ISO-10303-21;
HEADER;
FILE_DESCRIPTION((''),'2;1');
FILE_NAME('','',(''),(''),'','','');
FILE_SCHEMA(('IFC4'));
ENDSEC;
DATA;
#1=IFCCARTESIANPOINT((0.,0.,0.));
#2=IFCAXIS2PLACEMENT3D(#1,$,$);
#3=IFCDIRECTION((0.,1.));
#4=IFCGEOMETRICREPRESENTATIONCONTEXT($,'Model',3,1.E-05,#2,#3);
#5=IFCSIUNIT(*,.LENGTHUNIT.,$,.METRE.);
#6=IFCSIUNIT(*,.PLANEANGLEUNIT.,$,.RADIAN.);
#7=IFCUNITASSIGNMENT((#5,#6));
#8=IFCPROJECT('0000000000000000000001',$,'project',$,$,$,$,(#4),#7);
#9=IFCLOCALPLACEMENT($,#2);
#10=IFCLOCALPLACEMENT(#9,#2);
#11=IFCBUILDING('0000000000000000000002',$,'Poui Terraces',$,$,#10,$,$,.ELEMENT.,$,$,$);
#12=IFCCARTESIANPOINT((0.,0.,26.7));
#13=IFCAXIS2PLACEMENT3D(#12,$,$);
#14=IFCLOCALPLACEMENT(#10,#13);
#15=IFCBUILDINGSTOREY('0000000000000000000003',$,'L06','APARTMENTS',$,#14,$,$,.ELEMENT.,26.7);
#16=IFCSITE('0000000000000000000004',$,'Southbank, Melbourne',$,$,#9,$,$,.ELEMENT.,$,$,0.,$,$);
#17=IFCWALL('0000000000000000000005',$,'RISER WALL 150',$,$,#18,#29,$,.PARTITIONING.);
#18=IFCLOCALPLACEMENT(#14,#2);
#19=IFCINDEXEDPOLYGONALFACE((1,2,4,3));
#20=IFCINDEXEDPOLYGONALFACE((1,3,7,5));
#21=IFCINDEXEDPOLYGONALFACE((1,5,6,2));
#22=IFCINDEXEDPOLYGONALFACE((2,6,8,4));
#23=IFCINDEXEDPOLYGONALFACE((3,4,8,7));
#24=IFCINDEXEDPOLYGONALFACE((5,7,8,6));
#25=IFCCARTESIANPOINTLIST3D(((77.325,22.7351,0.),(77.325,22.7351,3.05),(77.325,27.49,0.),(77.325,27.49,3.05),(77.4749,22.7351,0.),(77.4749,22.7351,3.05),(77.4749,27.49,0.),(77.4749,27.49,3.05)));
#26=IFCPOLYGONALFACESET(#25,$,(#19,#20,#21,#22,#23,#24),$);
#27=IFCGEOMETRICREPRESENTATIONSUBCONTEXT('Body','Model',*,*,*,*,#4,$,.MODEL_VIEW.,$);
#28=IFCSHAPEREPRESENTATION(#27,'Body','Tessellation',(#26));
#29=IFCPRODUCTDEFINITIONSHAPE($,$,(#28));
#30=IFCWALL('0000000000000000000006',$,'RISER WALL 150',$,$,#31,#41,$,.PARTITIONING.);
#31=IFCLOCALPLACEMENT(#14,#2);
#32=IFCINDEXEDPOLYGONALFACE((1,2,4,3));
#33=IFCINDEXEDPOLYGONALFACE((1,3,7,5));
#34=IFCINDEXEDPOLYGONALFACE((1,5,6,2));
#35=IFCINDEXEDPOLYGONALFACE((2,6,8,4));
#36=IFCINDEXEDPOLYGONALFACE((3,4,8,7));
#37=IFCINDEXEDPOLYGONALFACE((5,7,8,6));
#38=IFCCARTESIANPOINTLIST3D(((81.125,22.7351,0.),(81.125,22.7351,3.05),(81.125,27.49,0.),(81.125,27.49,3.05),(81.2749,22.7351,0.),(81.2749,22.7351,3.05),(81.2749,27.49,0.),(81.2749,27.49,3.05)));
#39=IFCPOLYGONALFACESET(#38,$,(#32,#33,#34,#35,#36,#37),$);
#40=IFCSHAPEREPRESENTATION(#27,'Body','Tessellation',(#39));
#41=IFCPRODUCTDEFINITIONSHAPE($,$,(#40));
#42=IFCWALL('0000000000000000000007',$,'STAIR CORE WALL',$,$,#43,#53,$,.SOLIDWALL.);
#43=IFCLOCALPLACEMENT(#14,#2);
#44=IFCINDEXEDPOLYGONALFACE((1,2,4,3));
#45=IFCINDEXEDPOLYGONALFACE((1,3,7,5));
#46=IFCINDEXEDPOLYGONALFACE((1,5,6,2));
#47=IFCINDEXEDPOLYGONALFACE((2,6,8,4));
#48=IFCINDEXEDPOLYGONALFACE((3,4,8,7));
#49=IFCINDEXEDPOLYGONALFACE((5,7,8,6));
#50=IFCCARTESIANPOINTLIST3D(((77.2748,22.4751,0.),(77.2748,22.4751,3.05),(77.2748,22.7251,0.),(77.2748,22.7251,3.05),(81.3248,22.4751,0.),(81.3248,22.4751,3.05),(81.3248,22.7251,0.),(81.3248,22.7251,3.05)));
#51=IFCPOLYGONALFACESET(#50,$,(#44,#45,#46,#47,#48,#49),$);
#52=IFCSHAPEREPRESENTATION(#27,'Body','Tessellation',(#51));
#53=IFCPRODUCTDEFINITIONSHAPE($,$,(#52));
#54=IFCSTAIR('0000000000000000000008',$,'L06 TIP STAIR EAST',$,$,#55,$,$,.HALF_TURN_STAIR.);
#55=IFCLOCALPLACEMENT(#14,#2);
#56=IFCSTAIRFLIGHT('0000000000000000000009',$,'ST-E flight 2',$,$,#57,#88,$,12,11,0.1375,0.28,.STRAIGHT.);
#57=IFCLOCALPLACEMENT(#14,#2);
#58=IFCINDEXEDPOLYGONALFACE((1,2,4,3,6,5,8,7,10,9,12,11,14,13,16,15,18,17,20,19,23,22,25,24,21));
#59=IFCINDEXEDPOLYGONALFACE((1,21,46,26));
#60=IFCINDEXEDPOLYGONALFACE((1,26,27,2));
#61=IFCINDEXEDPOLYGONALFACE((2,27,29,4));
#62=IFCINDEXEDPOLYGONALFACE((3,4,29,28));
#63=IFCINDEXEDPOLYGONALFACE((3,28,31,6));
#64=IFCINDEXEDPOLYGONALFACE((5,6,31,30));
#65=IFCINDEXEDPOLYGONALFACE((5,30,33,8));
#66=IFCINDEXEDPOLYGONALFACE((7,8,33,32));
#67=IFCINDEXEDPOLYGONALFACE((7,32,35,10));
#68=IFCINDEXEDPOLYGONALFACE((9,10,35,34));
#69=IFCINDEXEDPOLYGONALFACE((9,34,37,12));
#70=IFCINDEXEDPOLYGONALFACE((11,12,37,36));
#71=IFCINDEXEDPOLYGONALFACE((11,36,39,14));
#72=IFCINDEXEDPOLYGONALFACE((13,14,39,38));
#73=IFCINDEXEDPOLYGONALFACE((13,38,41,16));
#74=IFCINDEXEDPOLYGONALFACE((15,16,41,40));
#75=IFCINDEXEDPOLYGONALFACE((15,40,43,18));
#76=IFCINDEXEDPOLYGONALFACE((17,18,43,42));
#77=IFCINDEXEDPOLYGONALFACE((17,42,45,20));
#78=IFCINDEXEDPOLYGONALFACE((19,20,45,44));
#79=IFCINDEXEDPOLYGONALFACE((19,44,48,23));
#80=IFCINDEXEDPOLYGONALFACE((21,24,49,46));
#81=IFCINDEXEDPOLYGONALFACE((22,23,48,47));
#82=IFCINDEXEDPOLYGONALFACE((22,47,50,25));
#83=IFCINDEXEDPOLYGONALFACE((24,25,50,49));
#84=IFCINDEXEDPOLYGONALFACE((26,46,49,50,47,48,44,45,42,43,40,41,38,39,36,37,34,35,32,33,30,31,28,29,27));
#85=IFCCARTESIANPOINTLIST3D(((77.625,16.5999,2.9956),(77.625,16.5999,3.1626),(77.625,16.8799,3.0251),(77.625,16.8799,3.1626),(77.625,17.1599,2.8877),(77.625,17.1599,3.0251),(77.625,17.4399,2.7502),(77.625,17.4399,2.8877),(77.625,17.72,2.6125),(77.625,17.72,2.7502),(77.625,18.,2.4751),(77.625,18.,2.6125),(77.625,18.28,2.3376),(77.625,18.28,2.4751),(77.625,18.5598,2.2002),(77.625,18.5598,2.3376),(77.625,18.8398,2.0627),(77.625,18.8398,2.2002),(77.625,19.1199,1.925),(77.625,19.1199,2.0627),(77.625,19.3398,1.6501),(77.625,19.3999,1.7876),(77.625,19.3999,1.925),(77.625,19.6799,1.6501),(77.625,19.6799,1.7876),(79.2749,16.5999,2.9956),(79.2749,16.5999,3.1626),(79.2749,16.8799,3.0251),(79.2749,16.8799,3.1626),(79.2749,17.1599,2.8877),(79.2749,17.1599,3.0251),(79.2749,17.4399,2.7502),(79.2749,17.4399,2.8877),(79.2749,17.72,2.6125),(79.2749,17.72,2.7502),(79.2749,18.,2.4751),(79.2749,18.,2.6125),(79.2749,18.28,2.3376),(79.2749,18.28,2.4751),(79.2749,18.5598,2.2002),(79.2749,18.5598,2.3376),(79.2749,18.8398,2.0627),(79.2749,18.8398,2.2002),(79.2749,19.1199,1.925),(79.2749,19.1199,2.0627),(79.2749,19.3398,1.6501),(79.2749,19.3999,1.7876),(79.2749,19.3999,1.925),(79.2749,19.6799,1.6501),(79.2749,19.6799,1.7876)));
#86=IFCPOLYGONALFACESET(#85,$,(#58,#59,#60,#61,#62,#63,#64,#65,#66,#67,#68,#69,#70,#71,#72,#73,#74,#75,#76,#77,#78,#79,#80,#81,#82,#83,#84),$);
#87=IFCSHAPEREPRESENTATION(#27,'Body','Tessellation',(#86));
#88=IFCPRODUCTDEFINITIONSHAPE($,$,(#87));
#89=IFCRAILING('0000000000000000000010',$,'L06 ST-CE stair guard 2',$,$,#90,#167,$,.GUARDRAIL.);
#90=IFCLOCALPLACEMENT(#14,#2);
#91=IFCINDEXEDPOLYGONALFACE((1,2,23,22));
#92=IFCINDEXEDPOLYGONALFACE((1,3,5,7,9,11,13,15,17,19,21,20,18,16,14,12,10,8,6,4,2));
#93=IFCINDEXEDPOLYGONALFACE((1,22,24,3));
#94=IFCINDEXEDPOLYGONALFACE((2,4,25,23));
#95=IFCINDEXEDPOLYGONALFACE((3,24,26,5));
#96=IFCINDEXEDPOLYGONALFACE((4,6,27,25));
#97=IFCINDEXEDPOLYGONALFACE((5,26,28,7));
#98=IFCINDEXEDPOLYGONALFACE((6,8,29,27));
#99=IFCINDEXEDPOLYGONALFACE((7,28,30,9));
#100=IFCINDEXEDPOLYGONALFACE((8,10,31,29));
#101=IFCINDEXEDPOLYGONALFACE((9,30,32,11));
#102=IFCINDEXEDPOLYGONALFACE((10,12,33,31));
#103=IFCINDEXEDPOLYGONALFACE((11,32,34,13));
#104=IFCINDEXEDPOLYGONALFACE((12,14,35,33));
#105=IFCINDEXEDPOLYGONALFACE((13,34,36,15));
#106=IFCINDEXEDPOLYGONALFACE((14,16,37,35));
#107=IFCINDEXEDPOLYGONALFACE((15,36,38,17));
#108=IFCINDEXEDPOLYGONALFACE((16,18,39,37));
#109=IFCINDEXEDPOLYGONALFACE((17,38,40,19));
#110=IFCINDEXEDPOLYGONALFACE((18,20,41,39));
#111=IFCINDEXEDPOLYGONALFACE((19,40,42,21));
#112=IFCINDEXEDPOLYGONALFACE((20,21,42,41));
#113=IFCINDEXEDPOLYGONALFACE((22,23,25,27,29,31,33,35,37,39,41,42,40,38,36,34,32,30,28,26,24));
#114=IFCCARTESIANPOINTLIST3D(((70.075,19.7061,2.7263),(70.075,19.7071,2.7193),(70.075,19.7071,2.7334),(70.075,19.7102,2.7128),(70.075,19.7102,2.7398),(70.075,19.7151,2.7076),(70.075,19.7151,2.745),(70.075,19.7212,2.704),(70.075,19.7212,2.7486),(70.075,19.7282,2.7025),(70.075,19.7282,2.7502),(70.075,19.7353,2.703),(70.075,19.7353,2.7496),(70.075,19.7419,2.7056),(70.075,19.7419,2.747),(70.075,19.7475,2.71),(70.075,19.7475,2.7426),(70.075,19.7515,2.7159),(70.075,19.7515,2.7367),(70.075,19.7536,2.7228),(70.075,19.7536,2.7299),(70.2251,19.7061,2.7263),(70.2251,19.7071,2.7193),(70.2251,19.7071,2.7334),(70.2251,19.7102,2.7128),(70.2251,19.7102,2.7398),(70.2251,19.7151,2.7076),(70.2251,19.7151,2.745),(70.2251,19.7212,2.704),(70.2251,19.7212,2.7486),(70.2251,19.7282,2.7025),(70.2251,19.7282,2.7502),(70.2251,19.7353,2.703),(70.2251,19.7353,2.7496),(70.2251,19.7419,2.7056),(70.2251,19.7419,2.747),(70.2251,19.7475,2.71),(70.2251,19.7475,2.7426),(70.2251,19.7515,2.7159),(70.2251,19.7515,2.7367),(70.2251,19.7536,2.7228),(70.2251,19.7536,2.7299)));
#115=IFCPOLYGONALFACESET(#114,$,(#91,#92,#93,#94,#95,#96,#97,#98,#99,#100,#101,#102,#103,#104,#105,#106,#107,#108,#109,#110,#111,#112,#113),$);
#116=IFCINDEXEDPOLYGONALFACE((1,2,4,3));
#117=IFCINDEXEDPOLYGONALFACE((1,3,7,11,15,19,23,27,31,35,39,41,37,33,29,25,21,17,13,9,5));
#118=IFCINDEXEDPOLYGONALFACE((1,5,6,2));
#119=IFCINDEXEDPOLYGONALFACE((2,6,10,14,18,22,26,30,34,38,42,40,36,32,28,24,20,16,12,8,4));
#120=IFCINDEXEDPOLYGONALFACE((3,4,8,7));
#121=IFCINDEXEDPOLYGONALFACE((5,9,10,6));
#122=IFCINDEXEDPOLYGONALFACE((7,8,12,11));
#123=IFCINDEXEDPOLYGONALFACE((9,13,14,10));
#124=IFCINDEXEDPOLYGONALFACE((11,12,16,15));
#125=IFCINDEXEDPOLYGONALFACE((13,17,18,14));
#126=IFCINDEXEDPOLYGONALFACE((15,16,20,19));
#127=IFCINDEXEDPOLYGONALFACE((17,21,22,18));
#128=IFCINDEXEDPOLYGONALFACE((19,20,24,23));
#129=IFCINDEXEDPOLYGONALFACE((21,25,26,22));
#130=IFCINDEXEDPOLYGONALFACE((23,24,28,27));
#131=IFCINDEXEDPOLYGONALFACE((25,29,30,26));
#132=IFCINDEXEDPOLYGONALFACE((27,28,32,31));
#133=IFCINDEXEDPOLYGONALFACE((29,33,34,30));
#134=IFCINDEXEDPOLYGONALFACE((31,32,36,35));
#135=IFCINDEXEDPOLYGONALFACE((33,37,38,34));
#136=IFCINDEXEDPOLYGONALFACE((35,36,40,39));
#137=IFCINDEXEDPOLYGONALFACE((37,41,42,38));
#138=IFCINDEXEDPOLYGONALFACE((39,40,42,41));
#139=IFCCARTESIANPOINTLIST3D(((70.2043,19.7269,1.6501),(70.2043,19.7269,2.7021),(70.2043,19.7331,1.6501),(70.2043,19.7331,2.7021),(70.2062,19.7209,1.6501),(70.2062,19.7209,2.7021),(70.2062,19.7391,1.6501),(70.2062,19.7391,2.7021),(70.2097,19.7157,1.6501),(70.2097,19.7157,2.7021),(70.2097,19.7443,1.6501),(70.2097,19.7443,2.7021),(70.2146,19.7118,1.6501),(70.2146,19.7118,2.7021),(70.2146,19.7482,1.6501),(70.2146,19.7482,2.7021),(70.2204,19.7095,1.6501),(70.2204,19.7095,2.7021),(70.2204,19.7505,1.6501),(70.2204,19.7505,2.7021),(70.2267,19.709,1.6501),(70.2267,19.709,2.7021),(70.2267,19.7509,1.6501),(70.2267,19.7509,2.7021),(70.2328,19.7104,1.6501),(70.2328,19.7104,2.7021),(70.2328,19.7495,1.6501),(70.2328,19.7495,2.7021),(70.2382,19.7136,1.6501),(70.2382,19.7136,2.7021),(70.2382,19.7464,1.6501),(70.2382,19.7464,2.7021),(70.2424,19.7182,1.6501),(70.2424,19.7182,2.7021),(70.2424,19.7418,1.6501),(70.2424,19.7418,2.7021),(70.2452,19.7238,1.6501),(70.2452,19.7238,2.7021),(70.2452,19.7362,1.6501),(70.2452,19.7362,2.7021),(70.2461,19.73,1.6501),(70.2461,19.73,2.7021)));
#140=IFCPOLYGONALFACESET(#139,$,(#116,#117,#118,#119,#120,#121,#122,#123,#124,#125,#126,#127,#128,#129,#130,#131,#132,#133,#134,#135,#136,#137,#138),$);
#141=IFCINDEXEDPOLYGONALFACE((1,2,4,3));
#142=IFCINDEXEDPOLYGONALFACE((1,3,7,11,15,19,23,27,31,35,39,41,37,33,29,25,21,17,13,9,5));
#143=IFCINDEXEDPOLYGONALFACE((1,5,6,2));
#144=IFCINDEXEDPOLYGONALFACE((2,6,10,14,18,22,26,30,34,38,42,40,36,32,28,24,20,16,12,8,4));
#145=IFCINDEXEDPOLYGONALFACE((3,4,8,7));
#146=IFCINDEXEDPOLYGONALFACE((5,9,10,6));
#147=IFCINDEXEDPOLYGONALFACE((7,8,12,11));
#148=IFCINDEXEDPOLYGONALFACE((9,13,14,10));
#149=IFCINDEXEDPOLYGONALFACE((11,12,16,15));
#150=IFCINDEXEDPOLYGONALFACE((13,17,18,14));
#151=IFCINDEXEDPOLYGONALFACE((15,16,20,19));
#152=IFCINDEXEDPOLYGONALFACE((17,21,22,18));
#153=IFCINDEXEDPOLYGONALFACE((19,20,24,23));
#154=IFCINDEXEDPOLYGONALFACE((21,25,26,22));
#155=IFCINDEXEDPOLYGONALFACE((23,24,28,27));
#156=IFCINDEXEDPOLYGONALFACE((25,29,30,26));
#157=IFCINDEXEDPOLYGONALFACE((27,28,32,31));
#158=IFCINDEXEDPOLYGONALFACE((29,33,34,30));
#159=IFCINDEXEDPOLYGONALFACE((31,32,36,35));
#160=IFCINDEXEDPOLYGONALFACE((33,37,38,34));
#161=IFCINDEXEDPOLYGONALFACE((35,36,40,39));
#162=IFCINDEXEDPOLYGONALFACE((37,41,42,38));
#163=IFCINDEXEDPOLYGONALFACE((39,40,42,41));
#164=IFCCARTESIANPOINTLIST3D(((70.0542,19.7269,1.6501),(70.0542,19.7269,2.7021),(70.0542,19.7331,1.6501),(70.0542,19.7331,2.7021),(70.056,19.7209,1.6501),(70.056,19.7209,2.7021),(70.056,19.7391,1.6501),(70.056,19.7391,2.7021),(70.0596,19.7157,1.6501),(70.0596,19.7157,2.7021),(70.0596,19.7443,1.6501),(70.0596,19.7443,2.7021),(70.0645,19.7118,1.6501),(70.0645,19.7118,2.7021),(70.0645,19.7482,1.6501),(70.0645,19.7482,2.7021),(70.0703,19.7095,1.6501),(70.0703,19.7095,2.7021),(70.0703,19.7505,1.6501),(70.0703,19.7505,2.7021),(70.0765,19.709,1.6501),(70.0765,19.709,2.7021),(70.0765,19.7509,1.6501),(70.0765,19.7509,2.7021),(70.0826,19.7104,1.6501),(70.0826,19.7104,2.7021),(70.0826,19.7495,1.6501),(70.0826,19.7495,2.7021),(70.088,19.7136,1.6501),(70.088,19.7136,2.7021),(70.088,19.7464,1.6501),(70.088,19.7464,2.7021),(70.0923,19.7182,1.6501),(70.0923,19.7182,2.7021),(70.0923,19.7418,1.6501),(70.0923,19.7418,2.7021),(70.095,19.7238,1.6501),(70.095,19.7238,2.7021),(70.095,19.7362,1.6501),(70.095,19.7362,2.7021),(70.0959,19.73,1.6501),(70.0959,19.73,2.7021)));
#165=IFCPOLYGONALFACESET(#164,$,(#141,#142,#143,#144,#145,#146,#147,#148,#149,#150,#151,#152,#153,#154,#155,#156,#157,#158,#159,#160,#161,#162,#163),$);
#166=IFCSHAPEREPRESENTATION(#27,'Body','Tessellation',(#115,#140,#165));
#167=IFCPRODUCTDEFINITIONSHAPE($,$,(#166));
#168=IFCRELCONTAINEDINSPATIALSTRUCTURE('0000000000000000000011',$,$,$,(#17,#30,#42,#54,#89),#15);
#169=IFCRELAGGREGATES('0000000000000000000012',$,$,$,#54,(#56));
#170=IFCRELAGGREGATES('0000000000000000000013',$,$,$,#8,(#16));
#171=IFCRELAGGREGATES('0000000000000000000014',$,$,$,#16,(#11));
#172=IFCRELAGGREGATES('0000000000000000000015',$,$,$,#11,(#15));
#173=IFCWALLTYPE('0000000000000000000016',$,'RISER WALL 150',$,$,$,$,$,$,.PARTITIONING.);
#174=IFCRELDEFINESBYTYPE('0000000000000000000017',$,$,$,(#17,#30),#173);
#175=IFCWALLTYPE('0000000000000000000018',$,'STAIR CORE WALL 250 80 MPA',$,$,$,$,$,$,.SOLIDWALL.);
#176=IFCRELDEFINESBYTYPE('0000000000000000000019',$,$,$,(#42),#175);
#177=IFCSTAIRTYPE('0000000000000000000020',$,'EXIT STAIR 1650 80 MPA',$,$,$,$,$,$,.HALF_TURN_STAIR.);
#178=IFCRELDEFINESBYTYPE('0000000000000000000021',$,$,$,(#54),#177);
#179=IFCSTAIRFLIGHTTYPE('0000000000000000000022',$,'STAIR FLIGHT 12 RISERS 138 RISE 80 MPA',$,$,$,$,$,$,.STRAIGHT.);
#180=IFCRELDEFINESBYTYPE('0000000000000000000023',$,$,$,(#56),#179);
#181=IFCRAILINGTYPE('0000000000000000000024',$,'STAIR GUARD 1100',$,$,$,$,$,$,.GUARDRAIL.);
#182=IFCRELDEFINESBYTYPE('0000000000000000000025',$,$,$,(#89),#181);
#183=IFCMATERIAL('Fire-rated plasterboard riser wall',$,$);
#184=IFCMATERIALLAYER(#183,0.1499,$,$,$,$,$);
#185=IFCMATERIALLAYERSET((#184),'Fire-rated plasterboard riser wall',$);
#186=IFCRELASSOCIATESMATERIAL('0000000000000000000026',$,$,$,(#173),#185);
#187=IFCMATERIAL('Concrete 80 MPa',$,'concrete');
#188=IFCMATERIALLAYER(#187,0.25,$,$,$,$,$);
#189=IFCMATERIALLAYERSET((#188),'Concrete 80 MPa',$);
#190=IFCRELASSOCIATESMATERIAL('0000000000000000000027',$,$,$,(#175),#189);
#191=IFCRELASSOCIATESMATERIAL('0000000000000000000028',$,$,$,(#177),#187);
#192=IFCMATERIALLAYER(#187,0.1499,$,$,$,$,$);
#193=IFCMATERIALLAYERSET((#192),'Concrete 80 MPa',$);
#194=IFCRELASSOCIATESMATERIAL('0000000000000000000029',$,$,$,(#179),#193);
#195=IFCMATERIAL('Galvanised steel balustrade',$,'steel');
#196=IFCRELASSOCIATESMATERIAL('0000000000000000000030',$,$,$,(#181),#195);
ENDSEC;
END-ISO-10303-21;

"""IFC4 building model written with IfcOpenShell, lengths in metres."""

from ifc_helpers import new_model, si_unit, direction, frame, frame_2d, origin, origin_2d, place, context, subcontext, project, spatial, polyline, rectangle, circle, outline, extrude, material, layer, layer_set, type_object, element, aggregate, save


model = new_model("IFC4")

# Units and contexts
model_context = context("Model", 3, precision=1e-05, world=origin(), true_north=direction((0.0, 1.0)))
body_context = subcontext(model_context, "Body", "Model", "MODEL_VIEW")
ifc_project = project(units=[si_unit("LENGTHUNIT", "METRE"), si_unit("PLANEANGLEUNIT", "RADIAN")], contexts=[model_context])

# Site, building, storey
site_placement = place(None, origin())
site = spatial("IfcSite", under=ifc_project, at=site_placement, Name="Southbank, Melbourne", CompositionType="ELEMENT", RefElevation=0.0)
building_placement = place(site_placement, origin())
building = spatial("IfcBuilding", under=site, at=building_placement, Name="Poui Terraces", CompositionType="ELEMENT")
storey_placement = place(building_placement, frame((0.0, 0.0, 26.7)))
storey = spatial("IfcBuildingStorey", under=building, at=storey_placement, Name="L06", Description="APARTMENTS", CompositionType="ELEMENT", Elevation=26.7)

# Shared definitions
ifc_material_1 = material(Name="Concrete 80 MPa", Category="concrete")

# Walls
ifc_material_2 = material(Name="Fire-rated plasterboard riser wall")
ifc_layer_1 = layer(ifc_material_2, 0.1499)
ifc_layer_set_1 = layer_set([ifc_layer_1], Name="Fire-rated plasterboard riser wall")
wall_type_1 = type_object("IfcWallType", Name="RISER WALL 150", PredefinedType="PARTITIONING", material=ifc_layer_set_1)
for number, where, z_axis, x_axis, name in (
    (1, (77.3999, 22.7351, 0.0), (0.0, 0.0, 1.0), (0.0, 1.0, 0.0), "RISER WALL 150"),
    (2, (81.2, 22.7351, 0.0), (0.0, 0.0, 1.0), (0.0, 1.0, 0.0), "RISER WALL 150"),
):
    element("IfcWall", number, at=place(storey_placement, frame(where, z_axis=z_axis, x_axis=x_axis)), inside=storey, type_object=wall_type_1, Name=name, PredefinedType="PARTITIONING", context=body_context, shape_type="SweptSolid", body=[
        extrude(rectangle(XDim=4.7549, YDim=0.1499, at=frame_2d((2.3774, 0.0))), origin(), (0.0, 0.0, 1.0), 3.05),
    ])
ifc_layer_2 = layer(ifc_material_1, 0.25)
ifc_layer_set_2 = layer_set([ifc_layer_2], Name="Concrete 80 MPa")
wall_type_2 = type_object("IfcWallType", Name="STAIR CORE WALL 250 80 MPA", PredefinedType="SOLIDWALL", material=ifc_layer_set_2)
wall_1_placement = place(storey_placement, frame((77.2749, 22.6001, 0.0), z_axis=(0.0, 0.0, 1.0), x_axis=(1.0, 0.0, 0.0)))
element("IfcWall", 3, at=wall_1_placement, inside=storey, type_object=wall_type_2, Name="STAIR CORE WALL", PredefinedType="SOLIDWALL", context=body_context, shape_type="SweptSolid", body=[
    extrude(rectangle(XDim=4.05, YDim=0.25, at=frame_2d((2.0249, 0.0))), origin(), (0.0, 0.0, 1.0), 3.05),
])

# Stair, stair flight
stair_type = type_object("IfcStairType", Name="EXIT STAIR 1650 80 MPA", PredefinedType="HALF_TURN_STAIR", material=ifc_material_1)
stair_placement = place(storey_placement, origin())
stair = element("IfcStair", 4, at=stair_placement, inside=storey, type_object=stair_type, Name="L06 TIP STAIR EAST", PredefinedType="HALF_TURN_STAIR")
ifc_layer_3 = layer(ifc_material_1, 0.1499)
ifc_layer_set_3 = layer_set([ifc_layer_3], Name="Concrete 80 MPa")
stair_flight_type = type_object("IfcStairFlightType", Name="STAIR FLIGHT 12 RISERS 138 RISE 80 MPA", PredefinedType="STRAIGHT", material=ifc_layer_set_3)
stair_flight_placement = place(storey_placement, frame((78.45, 19.6799, 1.6501), z_axis=(0.0, 0.0, 1.0), x_axis=(0.0, -1.0, 0.0)))
stair_flight = element("IfcStairFlight", 5, at=stair_flight_placement, type_object=stair_flight_type, Name="ST-E flight 2", NumberOfRisers=12, NumberOfTreads=11, PredefinedType="STRAIGHT", RiserHeight=0.1375, TreadLength=0.28, context=body_context, shape_type="SweptSolid", body=[
    extrude(outline(polyline([(0.0, 0.0), (0.0, 0.1375), (0.28, 0.1375), (0.28, 0.2749), (0.5601, 0.2749), (0.5601, 0.4126), (0.8401, 0.4126), (0.8401, 0.55), (1.1201, 0.55), (1.1201, 0.6875), (1.3999, 0.6875), (1.3999, 0.825), (1.6799, 0.825), (1.6799, 0.9624), (1.96, 0.9624), (1.96, 1.1001), (2.24, 1.1001), (2.24, 1.2375), (2.52, 1.2375), (2.52, 1.375), (2.8, 1.375), (2.8, 1.5125), (3.0801, 1.5125), (3.0801, 1.6499), (3.0801, 1.3455), (0.3401, 0.0), (0.0, 0.0)])), frame((0.0, 0.825, 0.0), z_axis=(0.0, -1.0, 0.0), x_axis=(1.0, 0.0, 0.0)), (0.0, 0.0, 1.0), 1.6499),
])
aggregate(stair, [stair_flight])

# Railing
ifc_material_3 = material(Name="Galvanised steel balustrade", Category="steel")
railing_type_1 = type_object("IfcRailingType", Name="STAIR GUARD 1100", PredefinedType="GUARDRAIL", material=ifc_material_3)
railing_1_placement = place(storey_placement, frame((70.2251, 19.73, 1.6501)))
element("IfcRailing", 6, at=railing_1_placement, inside=storey, type_object=railing_type_1, Name="L06 ST-CE stair guard 2", PredefinedType="GUARDRAIL", context=body_context, shape_type="SweptSolid", body=[
    extrude(circle(Radius=0.0239, at=origin_2d()), frame((0.0, 0.0, 1.0762), z_axis=(-1.0, 0.0, 0.0), x_axis=(0.0, -1.0, 0.0)), (0.0, 0.0, 1.0), 0.1501),
    extrude(circle(Radius=0.021, at=origin_2d()), origin(), (0.0, 0.0, 1.0), 1.052),
    extrude(circle(Radius=0.021, at=origin_2d()), frame((-0.1501, 0.0, 0.0)), (0.0, 0.0, 1.0), 1.052),
])

save(model, "model.ifc")
